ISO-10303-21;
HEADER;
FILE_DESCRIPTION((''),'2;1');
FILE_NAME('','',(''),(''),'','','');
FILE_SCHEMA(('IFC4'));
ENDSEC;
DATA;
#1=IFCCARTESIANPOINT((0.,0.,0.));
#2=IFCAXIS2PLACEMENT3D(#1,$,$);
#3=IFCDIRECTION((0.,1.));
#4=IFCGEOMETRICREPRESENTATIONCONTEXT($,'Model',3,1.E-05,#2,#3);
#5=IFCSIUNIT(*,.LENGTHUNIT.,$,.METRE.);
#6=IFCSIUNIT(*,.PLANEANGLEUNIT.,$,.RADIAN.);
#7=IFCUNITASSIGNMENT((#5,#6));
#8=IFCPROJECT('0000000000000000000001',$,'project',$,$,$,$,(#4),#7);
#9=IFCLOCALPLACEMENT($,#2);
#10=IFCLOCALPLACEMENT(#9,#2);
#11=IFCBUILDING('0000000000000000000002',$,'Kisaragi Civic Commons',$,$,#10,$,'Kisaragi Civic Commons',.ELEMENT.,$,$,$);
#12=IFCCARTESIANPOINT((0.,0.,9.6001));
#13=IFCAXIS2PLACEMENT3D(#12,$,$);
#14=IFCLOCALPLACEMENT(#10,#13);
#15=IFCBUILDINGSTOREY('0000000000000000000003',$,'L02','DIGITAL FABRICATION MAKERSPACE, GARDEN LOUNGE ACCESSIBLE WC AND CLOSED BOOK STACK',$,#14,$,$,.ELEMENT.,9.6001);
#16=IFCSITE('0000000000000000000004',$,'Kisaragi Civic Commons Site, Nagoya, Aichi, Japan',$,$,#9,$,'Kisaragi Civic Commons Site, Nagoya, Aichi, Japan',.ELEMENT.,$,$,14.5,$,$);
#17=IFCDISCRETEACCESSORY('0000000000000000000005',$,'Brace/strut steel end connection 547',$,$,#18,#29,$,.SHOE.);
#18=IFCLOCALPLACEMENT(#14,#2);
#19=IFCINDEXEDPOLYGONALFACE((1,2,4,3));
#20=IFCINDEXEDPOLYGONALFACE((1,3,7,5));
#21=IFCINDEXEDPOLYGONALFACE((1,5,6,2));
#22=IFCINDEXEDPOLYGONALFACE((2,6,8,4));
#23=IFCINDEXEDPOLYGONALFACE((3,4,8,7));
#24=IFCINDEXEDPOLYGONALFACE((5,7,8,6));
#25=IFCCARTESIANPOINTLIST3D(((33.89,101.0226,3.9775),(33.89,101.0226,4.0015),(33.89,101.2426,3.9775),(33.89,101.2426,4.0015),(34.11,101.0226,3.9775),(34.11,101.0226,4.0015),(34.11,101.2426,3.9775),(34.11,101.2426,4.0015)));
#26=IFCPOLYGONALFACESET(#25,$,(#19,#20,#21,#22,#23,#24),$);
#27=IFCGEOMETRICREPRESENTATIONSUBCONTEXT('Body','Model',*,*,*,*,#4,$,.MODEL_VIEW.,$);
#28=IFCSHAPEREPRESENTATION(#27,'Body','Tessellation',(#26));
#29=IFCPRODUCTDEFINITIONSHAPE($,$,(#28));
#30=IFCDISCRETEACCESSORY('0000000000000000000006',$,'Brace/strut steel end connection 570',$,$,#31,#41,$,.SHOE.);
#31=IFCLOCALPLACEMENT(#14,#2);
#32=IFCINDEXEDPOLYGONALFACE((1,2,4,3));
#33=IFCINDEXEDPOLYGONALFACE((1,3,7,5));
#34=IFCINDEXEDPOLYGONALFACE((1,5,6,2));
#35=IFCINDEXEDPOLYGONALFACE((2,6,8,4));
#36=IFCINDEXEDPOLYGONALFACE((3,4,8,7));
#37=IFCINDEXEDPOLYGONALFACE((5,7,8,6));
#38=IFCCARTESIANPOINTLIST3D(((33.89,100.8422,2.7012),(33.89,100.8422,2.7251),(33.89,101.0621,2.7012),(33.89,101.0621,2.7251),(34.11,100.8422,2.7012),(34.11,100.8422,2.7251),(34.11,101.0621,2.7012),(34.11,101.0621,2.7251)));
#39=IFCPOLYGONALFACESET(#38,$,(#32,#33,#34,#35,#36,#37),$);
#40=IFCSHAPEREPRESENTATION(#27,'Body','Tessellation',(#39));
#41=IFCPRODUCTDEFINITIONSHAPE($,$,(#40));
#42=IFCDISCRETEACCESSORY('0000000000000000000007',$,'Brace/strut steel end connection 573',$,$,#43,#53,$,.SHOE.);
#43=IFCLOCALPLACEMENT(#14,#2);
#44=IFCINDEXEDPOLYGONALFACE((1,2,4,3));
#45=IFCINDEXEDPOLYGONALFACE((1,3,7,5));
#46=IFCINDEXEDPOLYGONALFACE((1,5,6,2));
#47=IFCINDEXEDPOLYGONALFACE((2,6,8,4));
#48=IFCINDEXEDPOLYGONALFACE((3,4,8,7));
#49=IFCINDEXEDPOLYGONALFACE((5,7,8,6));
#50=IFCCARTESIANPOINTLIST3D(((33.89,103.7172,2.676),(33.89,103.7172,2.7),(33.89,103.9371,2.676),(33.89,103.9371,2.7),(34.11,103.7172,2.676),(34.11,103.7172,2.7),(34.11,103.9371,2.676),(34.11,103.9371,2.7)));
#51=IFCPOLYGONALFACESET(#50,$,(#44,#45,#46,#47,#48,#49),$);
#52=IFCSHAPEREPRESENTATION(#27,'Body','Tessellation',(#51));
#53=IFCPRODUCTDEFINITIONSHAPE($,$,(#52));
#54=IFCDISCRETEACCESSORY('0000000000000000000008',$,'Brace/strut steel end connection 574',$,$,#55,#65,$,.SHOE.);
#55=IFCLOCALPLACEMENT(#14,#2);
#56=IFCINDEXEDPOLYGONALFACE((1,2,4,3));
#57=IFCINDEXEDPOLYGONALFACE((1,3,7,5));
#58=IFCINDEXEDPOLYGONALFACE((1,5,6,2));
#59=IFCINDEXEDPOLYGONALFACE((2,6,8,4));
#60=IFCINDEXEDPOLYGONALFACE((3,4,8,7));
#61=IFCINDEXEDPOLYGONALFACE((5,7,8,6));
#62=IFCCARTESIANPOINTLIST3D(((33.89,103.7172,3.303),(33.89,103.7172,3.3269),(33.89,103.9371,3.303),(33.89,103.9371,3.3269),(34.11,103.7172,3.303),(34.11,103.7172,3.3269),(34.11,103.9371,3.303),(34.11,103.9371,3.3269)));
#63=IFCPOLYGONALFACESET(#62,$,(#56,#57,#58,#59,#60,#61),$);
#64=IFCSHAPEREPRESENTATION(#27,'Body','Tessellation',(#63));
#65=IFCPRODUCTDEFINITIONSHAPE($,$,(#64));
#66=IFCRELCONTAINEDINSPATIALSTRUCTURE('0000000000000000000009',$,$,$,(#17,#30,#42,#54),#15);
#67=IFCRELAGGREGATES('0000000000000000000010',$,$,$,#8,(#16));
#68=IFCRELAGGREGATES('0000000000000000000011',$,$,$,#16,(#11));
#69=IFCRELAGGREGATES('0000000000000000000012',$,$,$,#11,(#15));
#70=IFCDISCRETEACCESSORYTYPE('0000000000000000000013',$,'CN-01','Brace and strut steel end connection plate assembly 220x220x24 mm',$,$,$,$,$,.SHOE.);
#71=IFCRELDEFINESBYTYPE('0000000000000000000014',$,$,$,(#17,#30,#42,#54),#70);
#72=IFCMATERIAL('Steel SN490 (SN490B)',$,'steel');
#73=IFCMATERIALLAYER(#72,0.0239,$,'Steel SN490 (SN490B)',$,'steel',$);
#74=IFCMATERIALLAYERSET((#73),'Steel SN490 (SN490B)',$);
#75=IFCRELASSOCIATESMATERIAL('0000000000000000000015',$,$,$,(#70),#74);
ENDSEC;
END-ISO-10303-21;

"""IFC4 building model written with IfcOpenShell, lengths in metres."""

from ifc_helpers import new_model, si_unit, direction, frame, origin, origin_2d, place, context, subcontext, project, spatial, rectangle, extrude, material, layer, layer_set, type_object, element, save


model = new_model("IFC4")

# Units and contexts
model_context = context("Model", 3, precision=1e-05, world=origin(), true_north=direction((0.0, 1.0)))
body_context = subcontext(model_context, "Body", "Model", "MODEL_VIEW")
ifc_project = project(units=[si_unit("LENGTHUNIT", "METRE"), si_unit("PLANEANGLEUNIT", "RADIAN")], contexts=[model_context])

# Site, building, storey
site_placement = place(None, origin())
site = spatial("IfcSite", under=ifc_project, at=site_placement, Name="Kisaragi Civic Commons Site, Nagoya, Aichi, Japan", LongName="Kisaragi Civic Commons Site, Nagoya, Aichi, Japan", CompositionType="ELEMENT", RefElevation=14.5)
building_placement = place(site_placement, origin())
building = spatial("IfcBuilding", under=site, at=building_placement, Name="Kisaragi Civic Commons", LongName="Kisaragi Civic Commons", CompositionType="ELEMENT")
storey_placement = place(building_placement, frame((0.0, 0.0, 9.6001)))
storey = spatial("IfcBuildingStorey", under=building, at=storey_placement, Name="L02", Description="DIGITAL FABRICATION MAKERSPACE, GARDEN LOUNGE ACCESSIBLE WC AND CLOSED BOOK STACK", CompositionType="ELEMENT", Elevation=9.6001)

# Shared definitions
ifc_material_1 = material(Name="Steel SN490 (SN490B)", Category="steel")

# Discrete accessories
ifc_layer_1 = layer(ifc_material_1, 0.0239, Name="Steel SN490 (SN490B)", Category="steel")
ifc_layer_set_1 = layer_set([ifc_layer_1], Name="Steel SN490 (SN490B)")
discrete_accessory_type = type_object("IfcDiscreteAccessoryType", Name="CN-01", Description="Brace and strut steel end connection plate assembly 220x220x24 mm", PredefinedType="SHOE", material=ifc_layer_set_1)
for number, where, z_axis, x_axis, name in (
    (1, (34.0, 101.1326, 3.9775), (0.0, 0.0, 1.0), (1.0, 0.0, 0.0), "Brace/strut steel end connection 547"),
    (2, (34.0, 100.9521, 2.7012), (0.0, 0.0, 1.0), (1.0, 0.0, 0.0), "Brace/strut steel end connection 570"),
    (3, (34.0, 103.8271, 2.676), (0.0, 0.0, 1.0), (1.0, 0.0, 0.0), "Brace/strut steel end connection 573"),
    (4, (34.0, 103.8271, 3.303), (0.0, 0.0, 1.0), (1.0, 0.0, 0.0), "Brace/strut steel end connection 574"),
):
    element("IfcDiscreteAccessory", number, at=place(storey_placement, frame(where, z_axis=z_axis, x_axis=x_axis)), inside=storey, type_object=discrete_accessory_type, Name=name, PredefinedType="SHOE", context=body_context, shape_type="SweptSolid", body=[
        extrude(rectangle(XDim=0.22, YDim=0.22, at=origin_2d()), origin(), (0.0, 0.0, 1.0), 0.0239),
    ])

save(model, "model.ifc")
